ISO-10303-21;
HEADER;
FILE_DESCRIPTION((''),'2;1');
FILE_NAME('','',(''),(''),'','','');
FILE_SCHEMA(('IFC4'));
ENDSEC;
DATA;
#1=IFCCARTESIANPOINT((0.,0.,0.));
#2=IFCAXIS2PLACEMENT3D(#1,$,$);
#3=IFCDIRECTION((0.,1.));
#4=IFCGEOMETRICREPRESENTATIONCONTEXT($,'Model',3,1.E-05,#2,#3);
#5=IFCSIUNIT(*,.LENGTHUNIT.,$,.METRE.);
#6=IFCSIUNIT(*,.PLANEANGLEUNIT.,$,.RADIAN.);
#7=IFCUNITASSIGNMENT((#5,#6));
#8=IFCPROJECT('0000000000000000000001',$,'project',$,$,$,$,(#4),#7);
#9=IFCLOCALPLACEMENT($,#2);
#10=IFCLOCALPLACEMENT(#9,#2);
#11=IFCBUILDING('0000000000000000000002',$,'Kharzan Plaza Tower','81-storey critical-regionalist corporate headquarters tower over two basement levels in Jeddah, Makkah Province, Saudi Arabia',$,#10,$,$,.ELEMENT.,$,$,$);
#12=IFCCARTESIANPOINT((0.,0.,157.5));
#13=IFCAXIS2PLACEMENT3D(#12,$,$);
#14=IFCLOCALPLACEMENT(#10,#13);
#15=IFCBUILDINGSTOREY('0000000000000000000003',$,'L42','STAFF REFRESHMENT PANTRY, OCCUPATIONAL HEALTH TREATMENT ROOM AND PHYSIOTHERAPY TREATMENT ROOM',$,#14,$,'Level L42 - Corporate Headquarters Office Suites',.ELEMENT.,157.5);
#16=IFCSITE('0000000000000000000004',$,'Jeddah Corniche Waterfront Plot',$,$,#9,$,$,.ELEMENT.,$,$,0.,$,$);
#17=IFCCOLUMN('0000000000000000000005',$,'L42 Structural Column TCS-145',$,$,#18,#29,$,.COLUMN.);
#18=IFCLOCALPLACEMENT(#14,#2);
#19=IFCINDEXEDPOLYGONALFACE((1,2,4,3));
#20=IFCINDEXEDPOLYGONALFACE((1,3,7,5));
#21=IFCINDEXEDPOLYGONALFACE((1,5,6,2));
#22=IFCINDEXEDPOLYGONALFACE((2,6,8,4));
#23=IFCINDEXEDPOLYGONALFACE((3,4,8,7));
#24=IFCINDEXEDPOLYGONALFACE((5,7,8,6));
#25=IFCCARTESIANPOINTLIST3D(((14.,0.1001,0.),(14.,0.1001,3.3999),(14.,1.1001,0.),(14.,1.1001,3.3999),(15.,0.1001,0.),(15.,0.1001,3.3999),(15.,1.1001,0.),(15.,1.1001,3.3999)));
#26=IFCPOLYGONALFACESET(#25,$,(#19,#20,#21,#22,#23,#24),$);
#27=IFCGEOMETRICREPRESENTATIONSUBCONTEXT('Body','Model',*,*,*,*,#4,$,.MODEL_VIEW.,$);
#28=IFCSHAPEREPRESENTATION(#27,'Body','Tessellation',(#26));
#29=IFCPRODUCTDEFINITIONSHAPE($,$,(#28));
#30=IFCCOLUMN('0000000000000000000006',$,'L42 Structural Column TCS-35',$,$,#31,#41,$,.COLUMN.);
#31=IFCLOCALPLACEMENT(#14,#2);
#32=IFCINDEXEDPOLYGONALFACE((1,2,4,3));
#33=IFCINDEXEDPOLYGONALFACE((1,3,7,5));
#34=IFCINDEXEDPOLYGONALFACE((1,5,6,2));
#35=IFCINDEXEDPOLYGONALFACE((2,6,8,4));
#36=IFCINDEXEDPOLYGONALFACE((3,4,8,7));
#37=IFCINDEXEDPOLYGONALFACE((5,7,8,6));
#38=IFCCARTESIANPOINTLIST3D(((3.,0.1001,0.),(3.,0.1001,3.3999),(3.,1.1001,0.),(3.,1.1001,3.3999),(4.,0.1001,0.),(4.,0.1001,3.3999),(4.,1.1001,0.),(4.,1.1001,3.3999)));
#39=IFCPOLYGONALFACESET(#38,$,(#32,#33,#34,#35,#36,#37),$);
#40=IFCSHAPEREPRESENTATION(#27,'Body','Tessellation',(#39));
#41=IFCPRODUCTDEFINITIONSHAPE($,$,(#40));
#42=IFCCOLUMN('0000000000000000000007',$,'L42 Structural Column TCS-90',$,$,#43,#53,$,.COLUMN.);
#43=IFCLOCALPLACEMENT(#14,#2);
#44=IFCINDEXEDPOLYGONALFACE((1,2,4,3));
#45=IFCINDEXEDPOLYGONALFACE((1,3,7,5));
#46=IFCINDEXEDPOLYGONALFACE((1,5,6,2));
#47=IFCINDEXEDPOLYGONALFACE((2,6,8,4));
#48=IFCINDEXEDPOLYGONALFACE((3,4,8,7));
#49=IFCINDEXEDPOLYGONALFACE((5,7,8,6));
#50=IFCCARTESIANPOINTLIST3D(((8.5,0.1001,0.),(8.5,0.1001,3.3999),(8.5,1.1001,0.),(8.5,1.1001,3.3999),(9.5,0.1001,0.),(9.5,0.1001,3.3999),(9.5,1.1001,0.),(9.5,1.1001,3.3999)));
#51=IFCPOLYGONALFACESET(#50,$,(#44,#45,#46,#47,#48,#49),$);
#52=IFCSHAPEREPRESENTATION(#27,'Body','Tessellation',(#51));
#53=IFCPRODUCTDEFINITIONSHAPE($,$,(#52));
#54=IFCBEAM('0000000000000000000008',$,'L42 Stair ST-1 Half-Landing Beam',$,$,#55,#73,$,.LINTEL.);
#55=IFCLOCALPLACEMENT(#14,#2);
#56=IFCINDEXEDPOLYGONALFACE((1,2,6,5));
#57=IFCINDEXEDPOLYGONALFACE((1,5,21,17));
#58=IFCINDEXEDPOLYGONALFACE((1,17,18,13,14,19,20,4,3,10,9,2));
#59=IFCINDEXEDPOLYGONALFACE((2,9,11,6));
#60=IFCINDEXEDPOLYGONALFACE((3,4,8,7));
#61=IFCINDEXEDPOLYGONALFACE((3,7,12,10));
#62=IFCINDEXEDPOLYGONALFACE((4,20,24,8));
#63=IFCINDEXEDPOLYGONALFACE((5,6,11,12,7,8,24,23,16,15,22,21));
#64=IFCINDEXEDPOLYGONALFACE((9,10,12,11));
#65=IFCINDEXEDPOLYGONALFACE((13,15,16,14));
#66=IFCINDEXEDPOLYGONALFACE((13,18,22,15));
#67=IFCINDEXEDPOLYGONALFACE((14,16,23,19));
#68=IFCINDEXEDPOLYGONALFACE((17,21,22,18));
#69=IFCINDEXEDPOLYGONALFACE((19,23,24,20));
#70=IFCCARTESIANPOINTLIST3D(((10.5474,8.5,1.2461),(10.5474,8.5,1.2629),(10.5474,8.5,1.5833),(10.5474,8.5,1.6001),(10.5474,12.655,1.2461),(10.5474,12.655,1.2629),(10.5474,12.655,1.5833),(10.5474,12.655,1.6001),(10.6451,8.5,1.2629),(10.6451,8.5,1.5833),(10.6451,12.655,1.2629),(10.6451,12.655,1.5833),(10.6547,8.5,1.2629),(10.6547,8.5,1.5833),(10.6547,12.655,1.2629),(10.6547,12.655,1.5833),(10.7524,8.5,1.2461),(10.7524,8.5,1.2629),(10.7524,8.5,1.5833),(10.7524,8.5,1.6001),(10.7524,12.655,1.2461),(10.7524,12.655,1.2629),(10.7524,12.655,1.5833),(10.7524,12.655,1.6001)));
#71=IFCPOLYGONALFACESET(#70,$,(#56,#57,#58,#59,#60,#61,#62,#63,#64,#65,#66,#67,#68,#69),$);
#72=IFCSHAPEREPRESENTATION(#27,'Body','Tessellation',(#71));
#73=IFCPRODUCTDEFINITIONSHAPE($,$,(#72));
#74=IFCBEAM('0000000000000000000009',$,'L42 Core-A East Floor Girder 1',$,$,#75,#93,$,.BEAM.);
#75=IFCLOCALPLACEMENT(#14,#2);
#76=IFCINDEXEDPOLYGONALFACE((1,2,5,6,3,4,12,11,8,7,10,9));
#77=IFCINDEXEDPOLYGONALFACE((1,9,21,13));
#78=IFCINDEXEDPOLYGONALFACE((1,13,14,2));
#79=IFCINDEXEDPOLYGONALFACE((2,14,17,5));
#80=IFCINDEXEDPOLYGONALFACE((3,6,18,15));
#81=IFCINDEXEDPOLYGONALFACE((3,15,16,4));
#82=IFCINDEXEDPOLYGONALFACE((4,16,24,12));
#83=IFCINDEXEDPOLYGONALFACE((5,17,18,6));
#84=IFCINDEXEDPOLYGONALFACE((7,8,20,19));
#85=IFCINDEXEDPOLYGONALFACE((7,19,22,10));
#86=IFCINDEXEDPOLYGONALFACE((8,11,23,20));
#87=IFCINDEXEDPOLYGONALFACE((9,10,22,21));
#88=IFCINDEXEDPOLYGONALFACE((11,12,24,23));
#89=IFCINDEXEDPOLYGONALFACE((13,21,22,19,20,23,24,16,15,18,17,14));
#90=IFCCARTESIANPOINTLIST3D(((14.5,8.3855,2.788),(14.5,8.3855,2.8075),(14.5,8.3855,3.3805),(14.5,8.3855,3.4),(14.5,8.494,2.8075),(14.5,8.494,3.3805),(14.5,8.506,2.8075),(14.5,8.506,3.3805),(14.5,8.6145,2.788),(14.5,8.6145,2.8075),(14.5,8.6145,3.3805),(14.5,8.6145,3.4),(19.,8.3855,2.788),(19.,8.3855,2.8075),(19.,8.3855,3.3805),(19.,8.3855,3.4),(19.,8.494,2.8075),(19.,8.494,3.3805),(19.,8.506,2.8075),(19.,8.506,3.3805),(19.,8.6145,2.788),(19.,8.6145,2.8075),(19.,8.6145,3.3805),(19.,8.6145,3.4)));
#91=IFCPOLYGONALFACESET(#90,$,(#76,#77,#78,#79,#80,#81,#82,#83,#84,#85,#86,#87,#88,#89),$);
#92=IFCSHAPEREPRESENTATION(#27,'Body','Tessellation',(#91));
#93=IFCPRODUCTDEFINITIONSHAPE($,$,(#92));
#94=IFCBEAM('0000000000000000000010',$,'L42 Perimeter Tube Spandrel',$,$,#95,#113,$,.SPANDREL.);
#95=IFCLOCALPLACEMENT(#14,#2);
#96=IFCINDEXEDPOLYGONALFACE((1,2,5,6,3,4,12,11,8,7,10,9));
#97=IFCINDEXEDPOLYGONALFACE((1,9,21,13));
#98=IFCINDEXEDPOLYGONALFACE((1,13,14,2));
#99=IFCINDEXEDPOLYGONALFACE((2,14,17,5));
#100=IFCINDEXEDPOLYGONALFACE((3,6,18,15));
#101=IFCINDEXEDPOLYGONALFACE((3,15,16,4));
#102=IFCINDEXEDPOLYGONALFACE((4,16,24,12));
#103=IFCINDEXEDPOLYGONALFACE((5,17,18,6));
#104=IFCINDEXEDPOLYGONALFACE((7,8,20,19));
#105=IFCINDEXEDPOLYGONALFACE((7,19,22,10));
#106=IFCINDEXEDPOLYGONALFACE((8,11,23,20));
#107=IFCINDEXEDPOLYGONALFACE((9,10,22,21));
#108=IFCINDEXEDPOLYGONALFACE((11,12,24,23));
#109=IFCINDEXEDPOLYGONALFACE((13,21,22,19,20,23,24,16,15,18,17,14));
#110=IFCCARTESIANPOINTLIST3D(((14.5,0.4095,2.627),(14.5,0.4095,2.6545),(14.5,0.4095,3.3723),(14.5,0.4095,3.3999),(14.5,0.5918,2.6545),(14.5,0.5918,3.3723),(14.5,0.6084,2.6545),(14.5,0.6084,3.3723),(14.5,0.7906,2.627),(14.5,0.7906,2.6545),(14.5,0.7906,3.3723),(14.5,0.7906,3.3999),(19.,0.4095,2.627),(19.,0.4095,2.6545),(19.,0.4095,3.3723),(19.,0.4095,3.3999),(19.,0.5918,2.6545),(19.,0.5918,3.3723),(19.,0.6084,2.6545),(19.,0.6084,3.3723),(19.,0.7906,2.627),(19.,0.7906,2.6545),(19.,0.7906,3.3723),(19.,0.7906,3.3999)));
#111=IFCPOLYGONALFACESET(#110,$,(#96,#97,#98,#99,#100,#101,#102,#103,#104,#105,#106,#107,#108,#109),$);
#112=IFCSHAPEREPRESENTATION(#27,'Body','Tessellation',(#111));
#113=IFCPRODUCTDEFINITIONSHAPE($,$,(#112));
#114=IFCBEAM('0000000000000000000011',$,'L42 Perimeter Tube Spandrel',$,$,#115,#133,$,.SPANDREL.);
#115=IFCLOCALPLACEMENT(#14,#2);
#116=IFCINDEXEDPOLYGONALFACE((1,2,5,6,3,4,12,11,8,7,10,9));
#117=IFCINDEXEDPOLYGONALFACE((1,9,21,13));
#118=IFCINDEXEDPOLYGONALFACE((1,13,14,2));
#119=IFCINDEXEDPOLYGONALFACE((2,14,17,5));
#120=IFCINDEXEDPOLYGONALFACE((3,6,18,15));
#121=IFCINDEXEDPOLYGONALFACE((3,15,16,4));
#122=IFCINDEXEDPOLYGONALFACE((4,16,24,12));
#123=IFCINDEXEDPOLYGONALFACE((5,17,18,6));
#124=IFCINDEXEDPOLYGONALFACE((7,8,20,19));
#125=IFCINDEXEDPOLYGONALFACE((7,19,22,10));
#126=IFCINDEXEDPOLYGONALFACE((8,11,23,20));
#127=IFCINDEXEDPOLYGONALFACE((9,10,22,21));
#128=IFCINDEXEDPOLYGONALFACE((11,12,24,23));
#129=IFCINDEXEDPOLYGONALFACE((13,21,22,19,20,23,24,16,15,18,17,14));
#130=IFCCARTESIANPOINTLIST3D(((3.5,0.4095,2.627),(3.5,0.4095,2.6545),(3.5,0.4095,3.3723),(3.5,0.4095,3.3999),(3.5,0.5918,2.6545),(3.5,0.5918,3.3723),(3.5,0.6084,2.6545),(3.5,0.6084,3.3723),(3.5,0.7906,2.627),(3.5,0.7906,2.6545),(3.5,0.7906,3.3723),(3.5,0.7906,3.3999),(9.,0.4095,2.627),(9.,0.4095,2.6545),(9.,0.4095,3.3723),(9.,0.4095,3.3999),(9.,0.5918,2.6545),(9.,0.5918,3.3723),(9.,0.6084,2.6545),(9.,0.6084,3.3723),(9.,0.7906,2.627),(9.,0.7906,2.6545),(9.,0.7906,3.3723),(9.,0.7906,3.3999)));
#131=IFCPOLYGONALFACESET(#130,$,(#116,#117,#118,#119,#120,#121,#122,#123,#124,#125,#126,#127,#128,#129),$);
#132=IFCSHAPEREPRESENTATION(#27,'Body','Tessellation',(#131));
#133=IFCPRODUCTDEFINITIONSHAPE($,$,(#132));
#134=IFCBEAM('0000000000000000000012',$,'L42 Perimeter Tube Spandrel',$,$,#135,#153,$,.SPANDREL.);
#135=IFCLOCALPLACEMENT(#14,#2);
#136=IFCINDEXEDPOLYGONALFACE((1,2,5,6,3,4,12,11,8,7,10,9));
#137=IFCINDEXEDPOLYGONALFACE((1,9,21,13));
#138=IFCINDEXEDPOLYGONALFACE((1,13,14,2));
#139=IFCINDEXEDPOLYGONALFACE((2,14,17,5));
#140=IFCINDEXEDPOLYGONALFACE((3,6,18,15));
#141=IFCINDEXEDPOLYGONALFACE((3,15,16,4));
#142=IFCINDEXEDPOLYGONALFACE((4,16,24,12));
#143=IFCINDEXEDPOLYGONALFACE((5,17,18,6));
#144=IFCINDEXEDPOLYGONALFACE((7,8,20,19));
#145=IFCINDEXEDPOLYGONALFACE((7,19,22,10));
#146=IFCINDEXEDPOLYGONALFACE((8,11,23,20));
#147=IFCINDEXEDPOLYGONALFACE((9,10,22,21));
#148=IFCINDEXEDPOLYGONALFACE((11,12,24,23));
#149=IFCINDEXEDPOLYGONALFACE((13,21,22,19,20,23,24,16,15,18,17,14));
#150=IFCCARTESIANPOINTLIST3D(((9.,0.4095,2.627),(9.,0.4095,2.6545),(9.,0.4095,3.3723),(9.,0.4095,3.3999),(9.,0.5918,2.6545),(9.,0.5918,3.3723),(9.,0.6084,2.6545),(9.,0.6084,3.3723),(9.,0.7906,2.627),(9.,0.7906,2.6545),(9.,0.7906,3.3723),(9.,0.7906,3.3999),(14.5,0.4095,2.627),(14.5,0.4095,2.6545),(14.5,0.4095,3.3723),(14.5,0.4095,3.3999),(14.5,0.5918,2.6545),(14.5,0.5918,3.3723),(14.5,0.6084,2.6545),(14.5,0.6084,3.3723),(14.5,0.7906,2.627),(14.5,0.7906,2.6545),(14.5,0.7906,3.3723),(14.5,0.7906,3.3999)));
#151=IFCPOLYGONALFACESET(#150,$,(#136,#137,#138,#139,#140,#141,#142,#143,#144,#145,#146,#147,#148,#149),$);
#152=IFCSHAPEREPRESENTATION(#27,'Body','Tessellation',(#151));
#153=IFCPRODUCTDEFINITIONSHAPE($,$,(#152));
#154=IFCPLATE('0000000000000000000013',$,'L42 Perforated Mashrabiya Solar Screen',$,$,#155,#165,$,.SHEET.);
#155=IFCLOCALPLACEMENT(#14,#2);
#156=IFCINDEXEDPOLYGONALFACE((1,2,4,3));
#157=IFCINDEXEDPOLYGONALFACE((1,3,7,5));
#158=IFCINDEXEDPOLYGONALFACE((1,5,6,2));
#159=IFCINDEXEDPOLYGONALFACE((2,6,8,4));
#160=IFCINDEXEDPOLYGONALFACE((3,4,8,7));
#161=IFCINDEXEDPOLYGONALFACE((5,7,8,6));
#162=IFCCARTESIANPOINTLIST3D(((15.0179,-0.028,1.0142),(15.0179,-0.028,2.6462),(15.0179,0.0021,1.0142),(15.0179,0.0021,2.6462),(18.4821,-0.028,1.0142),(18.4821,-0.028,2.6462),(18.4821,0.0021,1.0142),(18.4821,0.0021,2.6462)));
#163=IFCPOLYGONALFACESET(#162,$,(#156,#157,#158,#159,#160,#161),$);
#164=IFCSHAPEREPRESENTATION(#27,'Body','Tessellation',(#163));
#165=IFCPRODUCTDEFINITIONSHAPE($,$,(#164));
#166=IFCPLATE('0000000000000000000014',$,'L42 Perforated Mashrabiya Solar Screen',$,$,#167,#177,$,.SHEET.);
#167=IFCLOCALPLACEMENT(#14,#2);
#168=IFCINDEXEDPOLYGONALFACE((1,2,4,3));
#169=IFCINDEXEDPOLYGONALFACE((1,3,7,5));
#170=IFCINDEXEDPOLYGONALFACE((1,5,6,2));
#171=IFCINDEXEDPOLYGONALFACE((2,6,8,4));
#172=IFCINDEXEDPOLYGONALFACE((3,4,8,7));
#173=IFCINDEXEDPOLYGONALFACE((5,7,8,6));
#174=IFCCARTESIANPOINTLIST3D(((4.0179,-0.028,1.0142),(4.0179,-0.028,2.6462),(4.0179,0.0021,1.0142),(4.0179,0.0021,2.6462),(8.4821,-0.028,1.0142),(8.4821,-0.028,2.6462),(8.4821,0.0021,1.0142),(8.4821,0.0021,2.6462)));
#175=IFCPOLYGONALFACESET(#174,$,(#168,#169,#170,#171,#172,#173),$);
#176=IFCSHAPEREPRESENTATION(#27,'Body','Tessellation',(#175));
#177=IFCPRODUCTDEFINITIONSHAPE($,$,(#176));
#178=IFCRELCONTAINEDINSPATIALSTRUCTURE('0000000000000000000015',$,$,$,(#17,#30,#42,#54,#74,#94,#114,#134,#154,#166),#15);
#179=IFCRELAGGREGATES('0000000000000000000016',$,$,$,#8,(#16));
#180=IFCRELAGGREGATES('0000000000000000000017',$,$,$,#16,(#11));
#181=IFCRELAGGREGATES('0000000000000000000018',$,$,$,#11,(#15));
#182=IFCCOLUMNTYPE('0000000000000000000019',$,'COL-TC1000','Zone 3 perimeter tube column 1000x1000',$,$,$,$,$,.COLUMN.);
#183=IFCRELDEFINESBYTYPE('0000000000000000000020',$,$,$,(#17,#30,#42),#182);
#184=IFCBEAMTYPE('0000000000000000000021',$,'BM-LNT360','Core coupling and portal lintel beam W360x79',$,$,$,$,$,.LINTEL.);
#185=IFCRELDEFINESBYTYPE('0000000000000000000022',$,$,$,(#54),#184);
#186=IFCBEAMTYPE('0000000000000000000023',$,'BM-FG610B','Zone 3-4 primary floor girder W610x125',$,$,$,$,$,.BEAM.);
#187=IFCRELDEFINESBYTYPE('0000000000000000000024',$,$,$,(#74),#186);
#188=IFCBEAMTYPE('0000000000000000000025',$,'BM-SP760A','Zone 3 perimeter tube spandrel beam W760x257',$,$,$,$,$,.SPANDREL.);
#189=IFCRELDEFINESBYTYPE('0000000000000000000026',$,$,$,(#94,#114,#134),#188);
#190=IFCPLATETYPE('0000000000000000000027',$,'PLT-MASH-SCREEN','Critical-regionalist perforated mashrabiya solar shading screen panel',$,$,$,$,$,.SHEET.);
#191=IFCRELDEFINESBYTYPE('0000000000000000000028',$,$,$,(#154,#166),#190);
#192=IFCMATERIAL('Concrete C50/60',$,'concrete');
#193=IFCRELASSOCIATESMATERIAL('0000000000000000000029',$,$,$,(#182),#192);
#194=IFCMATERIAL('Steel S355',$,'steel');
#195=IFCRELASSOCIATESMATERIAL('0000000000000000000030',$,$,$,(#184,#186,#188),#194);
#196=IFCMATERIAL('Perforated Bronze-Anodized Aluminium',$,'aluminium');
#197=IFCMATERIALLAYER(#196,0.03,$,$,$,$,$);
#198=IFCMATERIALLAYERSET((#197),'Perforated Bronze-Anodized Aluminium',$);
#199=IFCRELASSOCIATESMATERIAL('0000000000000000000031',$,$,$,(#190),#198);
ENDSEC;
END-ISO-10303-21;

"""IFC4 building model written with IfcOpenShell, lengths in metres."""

from ifc_helpers import new_model, si_unit, direction, frame, origin, origin_2d, place, context, subcontext, project, spatial, rectangle, i_section, extrude, source, transform, mapped, material, layer, layer_set, material_profile, profile_set, type_object, element, save


model = new_model("IFC4")

# Units and contexts
model_context = context("Model", 3, precision=1e-05, world=origin(), true_north=direction((0.0, 1.0)))
body_context = subcontext(model_context, "Body", "Model", "MODEL_VIEW")
ifc_project = project(units=[si_unit("LENGTHUNIT", "METRE"), si_unit("PLANEANGLEUNIT", "RADIAN")], contexts=[model_context])

# Site, building, storey
site_placement = place(None, origin())
site = spatial("IfcSite", under=ifc_project, at=site_placement, Name="Jeddah Corniche Waterfront Plot", CompositionType="ELEMENT", RefElevation=0.0)
building_placement = place(site_placement, origin())
building = spatial("IfcBuilding", under=site, at=building_placement, Name="Kharzan Plaza Tower", Description="81-storey critical-regionalist corporate headquarters tower over two basement levels in Jeddah, Makkah Province, Saudi Arabia", CompositionType="ELEMENT")
storey_placement = place(building_placement, frame((0.0, 0.0, 157.5)))
storey = spatial("IfcBuildingStorey", under=building, at=storey_placement, Name="L42", Description="STAFF REFRESHMENT PANTRY, OCCUPATIONAL HEALTH TREATMENT ROOM AND PHYSIOTHERAPY TREATMENT ROOM", LongName="Level L42 - Corporate Headquarters Office Suites", CompositionType="ELEMENT", Elevation=157.5)

# Columns
ifc_material_1 = material(Name="Concrete C50/60", Category="concrete")
ifc_material_profile_1 = material_profile(ifc_material_1, rectangle(XDim=1.0, YDim=1.0, at=origin_2d()), Name="RC-TC1000x1000")
ifc_profile_set_1 = profile_set([ifc_material_profile_1], Name="Concrete C50/60")
column_type = type_object("IfcColumnType", Name="COL-TC1000", Description="Zone 3 perimeter tube column 1000x1000", PredefinedType="COLUMN", material=ifc_profile_set_1)
shared_shape_1 = source(origin(), body_context, "Body", "SweptSolid", [
    extrude(rectangle(XDim=1.0, YDim=1.0, at=origin_2d()), origin(), (0.0, 0.0, 1.0), 3.3999),
])
for number, where, z_axis, x_axis, name in (
    (1, (14.5, 0.6001, 0.0), (0.0, 0.0, 1.0), (1.0, 0.0, 0.0), "L42 Structural Column TCS-145"),
    (2, (3.5, 0.6001, 0.0), (0.0, 0.0, 1.0), (1.0, 0.0, 0.0), "L42 Structural Column TCS-35"),
    (3, (9.0, 0.6001, 0.0), (0.0, 0.0, 1.0), (1.0, 0.0, 0.0), "L42 Structural Column TCS-90"),
):
    element("IfcColumn", number, at=place(storey_placement, frame(where, z_axis=z_axis, x_axis=x_axis)), inside=storey, type_object=column_type, Name=name, PredefinedType="COLUMN", context=body_context, shape_type="MappedRepresentation", body=[
        mapped(shared_shape_1, transform((0.0, 0.0, 0.0), x_axis=(1.0, 0.0, 0.0), y_axis=(0.0, 1.0, 0.0), z_axis=(0.0, 0.0, 1.0))),
    ])

# Beams
ifc_material_2 = material(Name="Steel S355", Category="steel")
ifc_material_profile_2 = material_profile(ifc_material_2, i_section(OverallWidth=0.2051, OverallDepth=0.354, WebThickness=0.0095, FlangeThickness=0.0168, at=origin_2d()), Name="W360x79")
ifc_profile_set_2 = profile_set([ifc_material_profile_2], Name="Steel S355")
beam_type_1 = type_object("IfcBeamType", Name="BM-LNT360", Description="Core coupling and portal lintel beam W360x79", PredefinedType="LINTEL", material=ifc_profile_set_2)
shared_shape_2 = source(origin(), body_context, "Body", "SweptSolid", [
    extrude(i_section(OverallWidth=0.2051, OverallDepth=0.354, WebThickness=0.0095, FlangeThickness=0.0168, at=origin_2d()), origin(), (0.0, 0.0, 1.0), 4.155),
])
beam_1_placement = place(storey_placement, frame((10.6499, 8.5, 1.4231), z_axis=(0.0, 1.0, 0.0), x_axis=(-1.0, 0.0, 0.0)))
element("IfcBeam", 4, at=beam_1_placement, inside=storey, type_object=beam_type_1, Name="L42 Stair ST-1 Half-Landing Beam", PredefinedType="LINTEL", context=body_context, shape_type="MappedRepresentation", body=[
    mapped(shared_shape_2, transform((0.0, 0.0, 0.0), x_axis=(1.0, 0.0, 0.0), y_axis=(0.0, 1.0, 0.0), z_axis=(0.0, 0.0, 1.0))),
])
ifc_material_profile_3 = material_profile(ifc_material_2, i_section(OverallWidth=0.229, OverallDepth=0.6121, WebThickness=0.012, FlangeThickness=0.0195, at=origin_2d()), Name="W610x125")
ifc_profile_set_3 = profile_set([ifc_material_profile_3], Name="Steel S355")
beam_type_2 = type_object("IfcBeamType", Name="BM-FG610B", Description="Zone 3-4 primary floor girder W610x125", PredefinedType="BEAM", material=ifc_profile_set_3)
shared_shape_3 = source(origin(), body_context, "Body", "SweptSolid", [
    extrude(i_section(OverallWidth=0.229, OverallDepth=0.6121, WebThickness=0.012, FlangeThickness=0.0195, at=origin_2d()), origin(), (0.0, 0.0, 1.0), 4.5),
])
beam_2_placement = place(storey_placement, frame((14.5, 8.5, 3.094), z_axis=(1.0, 0.0, 0.0), x_axis=(0.0, 1.0, 0.0)))
element("IfcBeam", 5, at=beam_2_placement, inside=storey, type_object=beam_type_2, Name="L42 Core-A East Floor Girder 1", PredefinedType="BEAM", context=body_context, shape_type="MappedRepresentation", body=[
    mapped(shared_shape_3, transform((0.0, 0.0, 0.0), x_axis=(1.0, 0.0, 0.0), y_axis=(0.0, 1.0, 0.0), z_axis=(0.0, 0.0, 1.0))),
])
ifc_material_profile_4 = material_profile(ifc_material_2, i_section(OverallWidth=0.3811, OverallDepth=0.7729, WebThickness=0.0166, FlangeThickness=0.0276, at=origin_2d()), Name="W760x257")
ifc_profile_set_4 = profile_set([ifc_material_profile_4], Name="Steel S355")
beam_type_3 = type_object("IfcBeamType", Name="BM-SP760A", Description="Zone 3 perimeter tube spandrel beam W760x257", PredefinedType="SPANDREL", material=ifc_profile_set_4)
shared_shape_4 = source(origin(), body_context, "Body", "SweptSolid", [
    extrude(i_section(OverallWidth=0.3811, OverallDepth=0.7729, WebThickness=0.0166, FlangeThickness=0.0276, at=origin_2d()), origin(), (0.0, 0.0, 1.0), 4.5),
])
beam_3_placement = place(storey_placement, frame((14.5, 0.6001, 3.0134), z_axis=(1.0, 0.0, 0.0), x_axis=(0.0, 1.0, 0.0)))
element("IfcBeam", 6, at=beam_3_placement, inside=storey, type_object=beam_type_3, Name="L42 Perimeter Tube Spandrel", PredefinedType="SPANDREL", context=body_context, shape_type="MappedRepresentation", body=[
    mapped(shared_shape_4, transform((0.0, 0.0, 0.0), x_axis=(1.0, 0.0, 0.0), y_axis=(0.0, 1.0, 0.0), z_axis=(0.0, 0.0, 1.0))),
])
shared_shape_5 = source(origin(), body_context, "Body", "SweptSolid", [
    extrude(i_section(OverallWidth=0.3811, OverallDepth=0.7729, WebThickness=0.0166, FlangeThickness=0.0276, at=origin_2d()), origin(), (0.0, 0.0, 1.0), 5.5),
])
for number, where, z_axis, x_axis, name in (
    (7, (3.5, 0.6001, 3.0134), (1.0, 0.0, 0.0), (0.0, 1.0, 0.0), "L42 Perimeter Tube Spandrel"),
    (8, (9.0, 0.6001, 3.0134), (1.0, 0.0, 0.0), (0.0, 1.0, 0.0), "L42 Perimeter Tube Spandrel"),
):
    element("IfcBeam", number, at=place(storey_placement, frame(where, z_axis=z_axis, x_axis=x_axis)), inside=storey, type_object=beam_type_3, Name=name, PredefinedType="SPANDREL", context=body_context, shape_type="MappedRepresentation", body=[
        mapped(shared_shape_5, transform((0.0, 0.0, 0.0), x_axis=(1.0, 0.0, 0.0), y_axis=(0.0, 1.0, 0.0), z_axis=(0.0, 0.0, 1.0))),
    ])

# Plates
ifc_material_3 = material(Name="Perforated Bronze-Anodized Aluminium", Category="aluminium")
ifc_layer_1 = layer(ifc_material_3, 0.03)
ifc_layer_set_1 = layer_set([ifc_layer_1], Name="Perforated Bronze-Anodized Aluminium")
plate_type = type_object("IfcPlateType", Name="PLT-MASH-SCREEN", Description="Critical-regionalist perforated mashrabiya solar shading screen panel", PredefinedType="SHEET", material=ifc_layer_set_1)
shared_shape_6 = source(origin(), body_context, "Body", "SweptSolid", [
    extrude(rectangle(XDim=3.4641, YDim=0.03, at=origin_2d()), origin(), (0.0, 0.0, 1.0), 1.6321),
])
plate_placement = place(storey_placement, frame((16.75, -0.0129, 1.0142), z_axis=(0.0, 0.0, 1.0), x_axis=(1.0, 0.0, 0.0)))
element("IfcPlate", 9, at=plate_placement, inside=storey, type_object=plate_type, Name="L42 Perforated Mashrabiya Solar Screen", PredefinedType="SHEET", context=body_context, shape_type="MappedRepresentation", body=[
    mapped(shared_shape_6, transform((0.0, 0.0, 0.0), x_axis=(1.0, 0.0, 0.0), y_axis=(0.0, 1.0, 0.0), z_axis=(0.0, 0.0, 1.0))),
])
shared_shape_7 = source(origin(), body_context, "Body", "SweptSolid", [
    extrude(rectangle(XDim=4.4641, YDim=0.03, at=origin_2d()), origin(), (0.0, 0.0, 1.0), 1.6321),
])
for number, where, z_axis, x_axis, name in (
    (10, (6.25, -0.0129, 1.0142), (0.0, 0.0, 1.0), (1.0, 0.0, 0.0), "L42 Perforated Mashrabiya Solar Screen"),
):
    element("IfcPlate", number, at=place(storey_placement, frame(where, z_axis=z_axis, x_axis=x_axis)), inside=storey, type_object=plate_type, Name=name, PredefinedType="SHEET", context=body_context, shape_type="MappedRepresentation", body=[
        mapped(shared_shape_7, transform((0.0, 0.0, 0.0), x_axis=(1.0, 0.0, 0.0), y_axis=(0.0, 1.0, 0.0), z_axis=(0.0, 0.0, 1.0))),
    ])

save(model, "model.ifc")
